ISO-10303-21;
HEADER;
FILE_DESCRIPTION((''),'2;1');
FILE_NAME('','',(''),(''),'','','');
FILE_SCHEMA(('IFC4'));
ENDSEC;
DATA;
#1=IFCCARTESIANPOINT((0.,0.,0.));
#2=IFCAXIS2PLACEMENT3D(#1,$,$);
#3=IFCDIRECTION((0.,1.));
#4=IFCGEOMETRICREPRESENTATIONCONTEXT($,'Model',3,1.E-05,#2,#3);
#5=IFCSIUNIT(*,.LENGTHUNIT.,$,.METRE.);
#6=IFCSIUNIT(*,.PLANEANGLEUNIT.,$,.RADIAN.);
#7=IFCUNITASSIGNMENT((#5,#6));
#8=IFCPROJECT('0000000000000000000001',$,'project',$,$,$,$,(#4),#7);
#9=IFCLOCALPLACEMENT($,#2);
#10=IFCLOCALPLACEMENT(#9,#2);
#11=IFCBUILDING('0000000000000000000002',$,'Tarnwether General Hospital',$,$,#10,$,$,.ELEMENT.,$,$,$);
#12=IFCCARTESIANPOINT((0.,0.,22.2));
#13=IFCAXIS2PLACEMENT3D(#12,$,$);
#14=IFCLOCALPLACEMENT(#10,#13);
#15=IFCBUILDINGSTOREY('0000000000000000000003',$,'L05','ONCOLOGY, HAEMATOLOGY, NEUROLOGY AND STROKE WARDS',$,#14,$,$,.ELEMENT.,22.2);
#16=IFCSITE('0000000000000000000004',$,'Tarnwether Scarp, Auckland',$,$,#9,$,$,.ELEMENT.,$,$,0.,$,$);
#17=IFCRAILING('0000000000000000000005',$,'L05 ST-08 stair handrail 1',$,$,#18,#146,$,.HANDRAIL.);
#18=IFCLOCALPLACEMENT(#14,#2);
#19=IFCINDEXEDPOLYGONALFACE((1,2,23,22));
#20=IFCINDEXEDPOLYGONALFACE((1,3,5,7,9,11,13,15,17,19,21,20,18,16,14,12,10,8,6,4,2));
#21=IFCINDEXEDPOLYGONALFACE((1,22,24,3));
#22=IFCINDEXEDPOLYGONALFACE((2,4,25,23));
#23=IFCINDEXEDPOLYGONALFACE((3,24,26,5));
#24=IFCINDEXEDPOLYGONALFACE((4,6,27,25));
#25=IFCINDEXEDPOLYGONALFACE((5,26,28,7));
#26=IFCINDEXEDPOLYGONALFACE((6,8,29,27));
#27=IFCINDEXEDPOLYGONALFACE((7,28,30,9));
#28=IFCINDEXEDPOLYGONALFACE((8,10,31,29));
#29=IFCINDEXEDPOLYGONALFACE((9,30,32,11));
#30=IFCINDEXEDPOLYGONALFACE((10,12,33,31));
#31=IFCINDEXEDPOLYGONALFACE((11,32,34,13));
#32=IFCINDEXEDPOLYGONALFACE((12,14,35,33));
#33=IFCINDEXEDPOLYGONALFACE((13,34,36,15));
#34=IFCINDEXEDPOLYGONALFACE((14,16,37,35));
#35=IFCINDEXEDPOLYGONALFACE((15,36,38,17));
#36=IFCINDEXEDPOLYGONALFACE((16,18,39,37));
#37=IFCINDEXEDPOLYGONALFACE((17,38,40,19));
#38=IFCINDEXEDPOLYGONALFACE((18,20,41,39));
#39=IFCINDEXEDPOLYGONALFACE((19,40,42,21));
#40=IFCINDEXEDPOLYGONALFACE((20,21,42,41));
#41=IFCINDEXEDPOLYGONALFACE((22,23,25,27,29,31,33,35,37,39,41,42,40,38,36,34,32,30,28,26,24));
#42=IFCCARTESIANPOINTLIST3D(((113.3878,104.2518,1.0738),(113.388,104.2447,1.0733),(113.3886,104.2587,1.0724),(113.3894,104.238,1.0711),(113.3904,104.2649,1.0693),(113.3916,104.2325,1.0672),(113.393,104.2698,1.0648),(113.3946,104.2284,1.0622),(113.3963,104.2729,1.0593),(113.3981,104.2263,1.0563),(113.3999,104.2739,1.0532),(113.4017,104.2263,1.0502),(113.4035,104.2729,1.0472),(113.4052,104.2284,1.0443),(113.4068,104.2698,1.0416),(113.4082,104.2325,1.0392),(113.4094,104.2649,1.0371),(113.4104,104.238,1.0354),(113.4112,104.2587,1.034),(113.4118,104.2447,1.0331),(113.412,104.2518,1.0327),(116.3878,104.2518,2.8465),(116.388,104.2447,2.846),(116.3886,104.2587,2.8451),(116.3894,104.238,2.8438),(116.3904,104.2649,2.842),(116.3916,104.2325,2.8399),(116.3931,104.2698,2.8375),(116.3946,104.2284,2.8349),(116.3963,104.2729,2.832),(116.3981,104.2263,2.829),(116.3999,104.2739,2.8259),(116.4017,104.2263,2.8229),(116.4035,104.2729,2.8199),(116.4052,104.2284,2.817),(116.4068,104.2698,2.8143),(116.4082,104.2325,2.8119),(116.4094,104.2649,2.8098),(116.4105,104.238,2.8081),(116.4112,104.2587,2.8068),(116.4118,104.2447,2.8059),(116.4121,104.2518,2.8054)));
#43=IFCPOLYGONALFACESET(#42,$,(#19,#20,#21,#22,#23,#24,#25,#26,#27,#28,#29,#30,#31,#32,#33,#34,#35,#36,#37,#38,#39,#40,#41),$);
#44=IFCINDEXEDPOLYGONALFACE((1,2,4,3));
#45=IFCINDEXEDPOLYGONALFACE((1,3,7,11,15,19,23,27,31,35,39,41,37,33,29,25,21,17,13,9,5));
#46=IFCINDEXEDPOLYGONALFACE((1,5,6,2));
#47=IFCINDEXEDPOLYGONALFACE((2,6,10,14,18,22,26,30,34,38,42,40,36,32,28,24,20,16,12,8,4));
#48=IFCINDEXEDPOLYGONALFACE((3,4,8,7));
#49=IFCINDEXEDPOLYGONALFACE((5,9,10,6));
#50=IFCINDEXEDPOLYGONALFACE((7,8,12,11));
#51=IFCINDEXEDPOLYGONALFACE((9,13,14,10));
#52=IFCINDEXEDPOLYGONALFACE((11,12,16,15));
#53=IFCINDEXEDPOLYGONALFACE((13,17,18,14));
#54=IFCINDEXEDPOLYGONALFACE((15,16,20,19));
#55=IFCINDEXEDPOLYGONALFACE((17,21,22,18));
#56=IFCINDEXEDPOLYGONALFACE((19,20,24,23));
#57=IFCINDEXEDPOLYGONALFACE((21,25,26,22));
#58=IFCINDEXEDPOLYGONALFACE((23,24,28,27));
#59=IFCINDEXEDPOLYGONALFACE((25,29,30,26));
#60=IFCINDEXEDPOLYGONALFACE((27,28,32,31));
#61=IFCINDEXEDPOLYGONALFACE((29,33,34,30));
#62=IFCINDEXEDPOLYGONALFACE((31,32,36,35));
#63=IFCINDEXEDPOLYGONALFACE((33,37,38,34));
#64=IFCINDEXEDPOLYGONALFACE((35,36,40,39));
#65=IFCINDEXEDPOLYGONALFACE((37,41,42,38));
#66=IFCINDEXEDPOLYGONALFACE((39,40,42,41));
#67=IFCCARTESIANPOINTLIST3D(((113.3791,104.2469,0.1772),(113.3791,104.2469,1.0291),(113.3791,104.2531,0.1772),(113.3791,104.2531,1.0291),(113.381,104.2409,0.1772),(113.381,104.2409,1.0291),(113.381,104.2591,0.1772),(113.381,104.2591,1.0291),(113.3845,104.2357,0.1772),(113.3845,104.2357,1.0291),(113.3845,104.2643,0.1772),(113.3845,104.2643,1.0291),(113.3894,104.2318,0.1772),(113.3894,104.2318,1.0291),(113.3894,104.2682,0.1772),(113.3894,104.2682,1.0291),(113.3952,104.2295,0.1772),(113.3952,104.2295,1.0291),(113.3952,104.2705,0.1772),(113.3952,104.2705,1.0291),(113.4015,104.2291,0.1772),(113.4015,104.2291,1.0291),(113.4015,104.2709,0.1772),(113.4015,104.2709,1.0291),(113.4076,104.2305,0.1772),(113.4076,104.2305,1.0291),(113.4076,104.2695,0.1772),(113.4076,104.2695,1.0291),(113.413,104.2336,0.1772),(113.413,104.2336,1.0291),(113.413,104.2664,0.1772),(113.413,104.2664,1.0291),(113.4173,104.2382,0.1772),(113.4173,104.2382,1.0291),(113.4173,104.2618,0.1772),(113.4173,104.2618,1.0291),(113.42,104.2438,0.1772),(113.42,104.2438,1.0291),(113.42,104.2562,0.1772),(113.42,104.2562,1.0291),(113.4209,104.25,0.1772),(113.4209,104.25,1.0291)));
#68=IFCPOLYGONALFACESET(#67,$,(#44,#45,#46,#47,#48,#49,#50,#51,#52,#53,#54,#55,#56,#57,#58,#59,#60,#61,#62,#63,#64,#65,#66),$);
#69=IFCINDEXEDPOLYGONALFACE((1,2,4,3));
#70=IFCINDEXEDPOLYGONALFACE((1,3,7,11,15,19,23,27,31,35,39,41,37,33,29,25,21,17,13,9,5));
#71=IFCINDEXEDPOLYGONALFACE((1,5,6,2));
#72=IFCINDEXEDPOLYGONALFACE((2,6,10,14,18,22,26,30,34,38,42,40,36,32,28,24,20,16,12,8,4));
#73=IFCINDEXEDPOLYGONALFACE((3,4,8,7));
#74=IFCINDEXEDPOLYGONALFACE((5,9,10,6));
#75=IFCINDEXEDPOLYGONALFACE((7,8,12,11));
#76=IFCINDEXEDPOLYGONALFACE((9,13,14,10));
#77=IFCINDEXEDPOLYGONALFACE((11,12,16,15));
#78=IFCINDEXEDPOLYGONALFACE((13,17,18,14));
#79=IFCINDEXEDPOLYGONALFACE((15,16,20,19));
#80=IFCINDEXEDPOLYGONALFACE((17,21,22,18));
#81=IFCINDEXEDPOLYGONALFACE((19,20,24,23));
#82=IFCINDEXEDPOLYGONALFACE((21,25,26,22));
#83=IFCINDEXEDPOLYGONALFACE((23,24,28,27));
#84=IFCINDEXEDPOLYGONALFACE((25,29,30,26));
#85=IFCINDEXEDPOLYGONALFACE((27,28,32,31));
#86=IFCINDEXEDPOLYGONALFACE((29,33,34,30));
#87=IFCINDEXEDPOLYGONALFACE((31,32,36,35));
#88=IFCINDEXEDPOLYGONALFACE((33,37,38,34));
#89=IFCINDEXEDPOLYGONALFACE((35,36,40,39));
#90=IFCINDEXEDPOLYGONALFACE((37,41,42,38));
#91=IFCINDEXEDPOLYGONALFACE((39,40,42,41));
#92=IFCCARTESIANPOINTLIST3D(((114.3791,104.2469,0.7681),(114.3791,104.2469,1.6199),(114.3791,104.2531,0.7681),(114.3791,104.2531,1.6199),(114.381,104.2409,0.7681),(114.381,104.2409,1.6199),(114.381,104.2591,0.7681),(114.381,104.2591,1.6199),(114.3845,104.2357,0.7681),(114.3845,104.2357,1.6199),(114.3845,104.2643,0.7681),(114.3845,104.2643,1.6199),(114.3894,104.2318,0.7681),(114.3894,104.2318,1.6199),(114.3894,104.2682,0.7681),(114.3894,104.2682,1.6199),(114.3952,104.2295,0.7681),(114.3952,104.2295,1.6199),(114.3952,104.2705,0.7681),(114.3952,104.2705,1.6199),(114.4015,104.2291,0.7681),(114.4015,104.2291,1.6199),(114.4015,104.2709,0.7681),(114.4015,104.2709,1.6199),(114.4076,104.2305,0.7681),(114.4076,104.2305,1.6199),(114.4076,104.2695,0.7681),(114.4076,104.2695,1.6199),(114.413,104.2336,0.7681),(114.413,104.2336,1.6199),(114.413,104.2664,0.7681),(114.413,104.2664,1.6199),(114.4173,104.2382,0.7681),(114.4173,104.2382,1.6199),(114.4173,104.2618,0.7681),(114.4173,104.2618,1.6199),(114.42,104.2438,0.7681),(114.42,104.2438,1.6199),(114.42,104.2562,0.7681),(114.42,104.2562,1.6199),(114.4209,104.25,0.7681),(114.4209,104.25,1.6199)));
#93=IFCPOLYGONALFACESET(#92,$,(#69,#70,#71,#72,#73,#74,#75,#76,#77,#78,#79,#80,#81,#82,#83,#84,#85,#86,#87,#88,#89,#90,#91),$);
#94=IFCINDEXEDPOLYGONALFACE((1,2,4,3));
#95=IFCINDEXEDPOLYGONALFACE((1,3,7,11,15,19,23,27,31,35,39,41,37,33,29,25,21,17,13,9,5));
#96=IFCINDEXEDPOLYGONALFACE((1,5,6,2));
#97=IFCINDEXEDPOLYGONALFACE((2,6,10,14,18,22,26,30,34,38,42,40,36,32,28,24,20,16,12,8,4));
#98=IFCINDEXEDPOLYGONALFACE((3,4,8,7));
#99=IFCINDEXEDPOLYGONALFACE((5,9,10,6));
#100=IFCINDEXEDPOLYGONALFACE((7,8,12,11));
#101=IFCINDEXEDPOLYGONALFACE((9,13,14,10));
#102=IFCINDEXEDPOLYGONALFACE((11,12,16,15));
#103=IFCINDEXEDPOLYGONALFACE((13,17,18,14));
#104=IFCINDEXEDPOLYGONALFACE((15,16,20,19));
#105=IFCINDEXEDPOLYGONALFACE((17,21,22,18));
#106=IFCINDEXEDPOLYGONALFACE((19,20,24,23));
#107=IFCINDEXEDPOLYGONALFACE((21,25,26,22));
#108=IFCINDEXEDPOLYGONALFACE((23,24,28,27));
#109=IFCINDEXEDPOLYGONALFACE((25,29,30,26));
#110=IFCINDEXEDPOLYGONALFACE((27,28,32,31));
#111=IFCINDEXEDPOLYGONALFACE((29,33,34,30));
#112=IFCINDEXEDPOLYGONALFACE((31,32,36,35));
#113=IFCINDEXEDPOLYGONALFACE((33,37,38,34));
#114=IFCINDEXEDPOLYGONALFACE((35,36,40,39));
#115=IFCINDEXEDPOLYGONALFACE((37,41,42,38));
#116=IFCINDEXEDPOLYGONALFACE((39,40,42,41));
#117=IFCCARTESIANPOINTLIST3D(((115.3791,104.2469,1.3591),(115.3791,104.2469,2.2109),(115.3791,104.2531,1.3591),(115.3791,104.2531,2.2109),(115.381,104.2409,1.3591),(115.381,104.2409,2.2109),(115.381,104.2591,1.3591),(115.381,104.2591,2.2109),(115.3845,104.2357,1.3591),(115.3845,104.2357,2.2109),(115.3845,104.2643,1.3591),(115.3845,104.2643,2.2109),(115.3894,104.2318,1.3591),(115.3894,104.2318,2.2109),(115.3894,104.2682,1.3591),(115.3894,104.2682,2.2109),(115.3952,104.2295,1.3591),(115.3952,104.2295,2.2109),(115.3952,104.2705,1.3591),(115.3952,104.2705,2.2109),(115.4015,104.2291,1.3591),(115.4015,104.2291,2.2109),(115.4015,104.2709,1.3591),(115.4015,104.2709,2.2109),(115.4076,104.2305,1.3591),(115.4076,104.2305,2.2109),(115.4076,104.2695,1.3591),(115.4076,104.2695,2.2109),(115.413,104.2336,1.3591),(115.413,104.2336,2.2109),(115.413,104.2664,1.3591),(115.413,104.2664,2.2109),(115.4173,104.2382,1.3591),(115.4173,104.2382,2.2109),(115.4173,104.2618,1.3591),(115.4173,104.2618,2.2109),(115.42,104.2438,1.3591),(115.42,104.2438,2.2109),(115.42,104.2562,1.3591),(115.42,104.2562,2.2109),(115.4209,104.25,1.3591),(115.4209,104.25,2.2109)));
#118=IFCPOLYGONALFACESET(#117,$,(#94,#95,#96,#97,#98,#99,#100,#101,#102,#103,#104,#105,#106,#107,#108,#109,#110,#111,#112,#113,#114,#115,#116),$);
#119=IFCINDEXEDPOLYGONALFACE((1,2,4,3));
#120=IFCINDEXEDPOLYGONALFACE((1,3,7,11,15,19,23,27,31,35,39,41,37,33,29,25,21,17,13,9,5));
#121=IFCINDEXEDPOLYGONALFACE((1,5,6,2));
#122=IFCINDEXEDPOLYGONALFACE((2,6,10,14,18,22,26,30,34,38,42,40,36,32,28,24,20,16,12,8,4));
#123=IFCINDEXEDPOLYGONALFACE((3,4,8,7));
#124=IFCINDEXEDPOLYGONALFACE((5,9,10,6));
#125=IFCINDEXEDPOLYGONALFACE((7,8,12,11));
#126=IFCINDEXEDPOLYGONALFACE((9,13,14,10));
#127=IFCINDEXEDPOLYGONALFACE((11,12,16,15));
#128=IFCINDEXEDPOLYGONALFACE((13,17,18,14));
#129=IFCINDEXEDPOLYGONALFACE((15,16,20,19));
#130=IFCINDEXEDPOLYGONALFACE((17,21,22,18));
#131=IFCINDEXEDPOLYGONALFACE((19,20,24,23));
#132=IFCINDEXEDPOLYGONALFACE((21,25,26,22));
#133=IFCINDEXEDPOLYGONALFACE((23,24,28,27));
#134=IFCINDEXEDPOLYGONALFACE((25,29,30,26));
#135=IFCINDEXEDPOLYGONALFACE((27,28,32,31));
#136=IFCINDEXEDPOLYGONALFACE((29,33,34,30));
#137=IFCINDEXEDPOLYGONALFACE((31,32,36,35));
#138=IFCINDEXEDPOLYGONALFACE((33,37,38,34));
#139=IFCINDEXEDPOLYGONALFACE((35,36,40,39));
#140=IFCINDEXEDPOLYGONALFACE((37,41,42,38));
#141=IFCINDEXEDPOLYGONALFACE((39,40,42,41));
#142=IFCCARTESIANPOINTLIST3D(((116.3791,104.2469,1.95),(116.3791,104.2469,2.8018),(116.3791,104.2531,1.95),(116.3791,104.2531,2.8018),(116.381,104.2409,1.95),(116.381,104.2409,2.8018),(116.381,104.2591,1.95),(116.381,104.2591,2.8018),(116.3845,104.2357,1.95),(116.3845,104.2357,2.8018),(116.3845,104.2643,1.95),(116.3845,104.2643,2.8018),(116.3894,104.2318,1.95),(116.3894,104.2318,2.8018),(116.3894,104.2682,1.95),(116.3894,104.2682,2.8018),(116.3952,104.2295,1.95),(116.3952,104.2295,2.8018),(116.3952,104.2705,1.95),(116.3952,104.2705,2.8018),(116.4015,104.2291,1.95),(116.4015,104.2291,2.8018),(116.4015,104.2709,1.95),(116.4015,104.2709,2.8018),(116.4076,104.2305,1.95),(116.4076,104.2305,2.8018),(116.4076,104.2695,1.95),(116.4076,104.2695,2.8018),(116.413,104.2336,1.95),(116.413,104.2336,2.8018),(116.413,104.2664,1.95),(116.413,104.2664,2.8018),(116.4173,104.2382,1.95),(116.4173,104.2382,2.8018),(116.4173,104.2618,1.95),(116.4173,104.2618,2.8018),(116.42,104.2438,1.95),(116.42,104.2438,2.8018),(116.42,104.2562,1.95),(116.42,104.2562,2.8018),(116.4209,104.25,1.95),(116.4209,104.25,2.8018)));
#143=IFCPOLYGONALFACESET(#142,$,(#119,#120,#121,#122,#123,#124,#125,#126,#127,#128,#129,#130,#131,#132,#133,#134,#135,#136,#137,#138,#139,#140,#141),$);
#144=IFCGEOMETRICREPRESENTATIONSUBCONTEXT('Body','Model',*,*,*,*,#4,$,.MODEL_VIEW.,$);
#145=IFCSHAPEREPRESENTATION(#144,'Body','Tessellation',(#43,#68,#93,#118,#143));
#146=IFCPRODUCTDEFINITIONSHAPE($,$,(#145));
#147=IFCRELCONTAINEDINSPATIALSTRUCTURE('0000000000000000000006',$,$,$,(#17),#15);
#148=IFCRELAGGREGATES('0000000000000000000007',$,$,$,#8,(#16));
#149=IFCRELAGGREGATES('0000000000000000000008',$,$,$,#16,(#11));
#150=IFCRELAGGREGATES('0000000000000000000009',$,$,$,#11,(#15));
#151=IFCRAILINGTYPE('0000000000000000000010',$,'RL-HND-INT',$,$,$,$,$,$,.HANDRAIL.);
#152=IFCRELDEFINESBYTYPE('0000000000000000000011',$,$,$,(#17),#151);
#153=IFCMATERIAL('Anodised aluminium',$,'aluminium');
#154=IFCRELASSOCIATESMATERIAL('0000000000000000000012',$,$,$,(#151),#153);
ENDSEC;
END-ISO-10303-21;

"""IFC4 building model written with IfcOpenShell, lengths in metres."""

from ifc_helpers import new_model, si_unit, direction, frame, origin, origin_2d, place, context, subcontext, project, spatial, circle, extrude, material, type_object, element, save


model = new_model("IFC4")

# Units and contexts
model_context = context("Model", 3, precision=1e-05, world=origin(), true_north=direction((0.0, 1.0)))
body_context = subcontext(model_context, "Body", "Model", "MODEL_VIEW")
ifc_project = project(units=[si_unit("LENGTHUNIT", "METRE"), si_unit("PLANEANGLEUNIT", "RADIAN")], contexts=[model_context])

# Site, building, storey
site_placement = place(None, origin())
site = spatial("IfcSite", under=ifc_project, at=site_placement, Name="Tarnwether Scarp, Auckland", CompositionType="ELEMENT", RefElevation=0.0)
building_placement = place(site_placement, origin())
building = spatial("IfcBuilding", under=site, at=building_placement, Name="Tarnwether General Hospital", CompositionType="ELEMENT")
storey_placement = place(building_placement, frame((0.0, 0.0, 22.2)))
storey = spatial("IfcBuildingStorey", under=building, at=storey_placement, Name="L05", Description="ONCOLOGY, HAEMATOLOGY, NEUROLOGY AND STROKE WARDS", CompositionType="ELEMENT", Elevation=22.2)

# Railing
ifc_material_1 = material(Name="Anodised aluminium", Category="aluminium")
railing_type_1 = type_object("IfcRailingType", Name="RL-HND-INT", PredefinedType="HANDRAIL", material=ifc_material_1)
railing_1_placement = place(storey_placement, frame((113.3999, 104.25, 0.1772)))
element("IfcRailing", 1, at=railing_1_placement, inside=storey, type_object=railing_type_1, Name="L05 ST-08 stair handrail 1", PredefinedType="HANDRAIL", context=body_context, shape_type="SweptSolid", body=[
    extrude(circle(Radius=0.0239, at=origin_2d()), frame((0.0, 0.0, 0.876), z_axis=(0.860929, 0.0, 0.508725), x_axis=(0.0, 1.0, 0.0)), (0.0, 0.0, 1.0), 3.4846),
    extrude(circle(Radius=0.021, at=origin_2d()), origin(), (0.0, 0.0, 1.0), 0.8518),
    extrude(circle(Radius=0.021, at=origin_2d()), frame((1.0, 0.0, 0.5908)), (0.0, 0.0, 1.0), 0.8518),
    extrude(circle(Radius=0.021, at=origin_2d()), frame((2.0, 0.0, 1.1819)), (0.0, 0.0, 1.0), 0.8518),
    extrude(circle(Radius=0.021, at=origin_2d()), frame((3.0, 0.0, 1.7727)), (0.0, 0.0, 1.0), 0.8518),
])

save(model, "model.ifc")
